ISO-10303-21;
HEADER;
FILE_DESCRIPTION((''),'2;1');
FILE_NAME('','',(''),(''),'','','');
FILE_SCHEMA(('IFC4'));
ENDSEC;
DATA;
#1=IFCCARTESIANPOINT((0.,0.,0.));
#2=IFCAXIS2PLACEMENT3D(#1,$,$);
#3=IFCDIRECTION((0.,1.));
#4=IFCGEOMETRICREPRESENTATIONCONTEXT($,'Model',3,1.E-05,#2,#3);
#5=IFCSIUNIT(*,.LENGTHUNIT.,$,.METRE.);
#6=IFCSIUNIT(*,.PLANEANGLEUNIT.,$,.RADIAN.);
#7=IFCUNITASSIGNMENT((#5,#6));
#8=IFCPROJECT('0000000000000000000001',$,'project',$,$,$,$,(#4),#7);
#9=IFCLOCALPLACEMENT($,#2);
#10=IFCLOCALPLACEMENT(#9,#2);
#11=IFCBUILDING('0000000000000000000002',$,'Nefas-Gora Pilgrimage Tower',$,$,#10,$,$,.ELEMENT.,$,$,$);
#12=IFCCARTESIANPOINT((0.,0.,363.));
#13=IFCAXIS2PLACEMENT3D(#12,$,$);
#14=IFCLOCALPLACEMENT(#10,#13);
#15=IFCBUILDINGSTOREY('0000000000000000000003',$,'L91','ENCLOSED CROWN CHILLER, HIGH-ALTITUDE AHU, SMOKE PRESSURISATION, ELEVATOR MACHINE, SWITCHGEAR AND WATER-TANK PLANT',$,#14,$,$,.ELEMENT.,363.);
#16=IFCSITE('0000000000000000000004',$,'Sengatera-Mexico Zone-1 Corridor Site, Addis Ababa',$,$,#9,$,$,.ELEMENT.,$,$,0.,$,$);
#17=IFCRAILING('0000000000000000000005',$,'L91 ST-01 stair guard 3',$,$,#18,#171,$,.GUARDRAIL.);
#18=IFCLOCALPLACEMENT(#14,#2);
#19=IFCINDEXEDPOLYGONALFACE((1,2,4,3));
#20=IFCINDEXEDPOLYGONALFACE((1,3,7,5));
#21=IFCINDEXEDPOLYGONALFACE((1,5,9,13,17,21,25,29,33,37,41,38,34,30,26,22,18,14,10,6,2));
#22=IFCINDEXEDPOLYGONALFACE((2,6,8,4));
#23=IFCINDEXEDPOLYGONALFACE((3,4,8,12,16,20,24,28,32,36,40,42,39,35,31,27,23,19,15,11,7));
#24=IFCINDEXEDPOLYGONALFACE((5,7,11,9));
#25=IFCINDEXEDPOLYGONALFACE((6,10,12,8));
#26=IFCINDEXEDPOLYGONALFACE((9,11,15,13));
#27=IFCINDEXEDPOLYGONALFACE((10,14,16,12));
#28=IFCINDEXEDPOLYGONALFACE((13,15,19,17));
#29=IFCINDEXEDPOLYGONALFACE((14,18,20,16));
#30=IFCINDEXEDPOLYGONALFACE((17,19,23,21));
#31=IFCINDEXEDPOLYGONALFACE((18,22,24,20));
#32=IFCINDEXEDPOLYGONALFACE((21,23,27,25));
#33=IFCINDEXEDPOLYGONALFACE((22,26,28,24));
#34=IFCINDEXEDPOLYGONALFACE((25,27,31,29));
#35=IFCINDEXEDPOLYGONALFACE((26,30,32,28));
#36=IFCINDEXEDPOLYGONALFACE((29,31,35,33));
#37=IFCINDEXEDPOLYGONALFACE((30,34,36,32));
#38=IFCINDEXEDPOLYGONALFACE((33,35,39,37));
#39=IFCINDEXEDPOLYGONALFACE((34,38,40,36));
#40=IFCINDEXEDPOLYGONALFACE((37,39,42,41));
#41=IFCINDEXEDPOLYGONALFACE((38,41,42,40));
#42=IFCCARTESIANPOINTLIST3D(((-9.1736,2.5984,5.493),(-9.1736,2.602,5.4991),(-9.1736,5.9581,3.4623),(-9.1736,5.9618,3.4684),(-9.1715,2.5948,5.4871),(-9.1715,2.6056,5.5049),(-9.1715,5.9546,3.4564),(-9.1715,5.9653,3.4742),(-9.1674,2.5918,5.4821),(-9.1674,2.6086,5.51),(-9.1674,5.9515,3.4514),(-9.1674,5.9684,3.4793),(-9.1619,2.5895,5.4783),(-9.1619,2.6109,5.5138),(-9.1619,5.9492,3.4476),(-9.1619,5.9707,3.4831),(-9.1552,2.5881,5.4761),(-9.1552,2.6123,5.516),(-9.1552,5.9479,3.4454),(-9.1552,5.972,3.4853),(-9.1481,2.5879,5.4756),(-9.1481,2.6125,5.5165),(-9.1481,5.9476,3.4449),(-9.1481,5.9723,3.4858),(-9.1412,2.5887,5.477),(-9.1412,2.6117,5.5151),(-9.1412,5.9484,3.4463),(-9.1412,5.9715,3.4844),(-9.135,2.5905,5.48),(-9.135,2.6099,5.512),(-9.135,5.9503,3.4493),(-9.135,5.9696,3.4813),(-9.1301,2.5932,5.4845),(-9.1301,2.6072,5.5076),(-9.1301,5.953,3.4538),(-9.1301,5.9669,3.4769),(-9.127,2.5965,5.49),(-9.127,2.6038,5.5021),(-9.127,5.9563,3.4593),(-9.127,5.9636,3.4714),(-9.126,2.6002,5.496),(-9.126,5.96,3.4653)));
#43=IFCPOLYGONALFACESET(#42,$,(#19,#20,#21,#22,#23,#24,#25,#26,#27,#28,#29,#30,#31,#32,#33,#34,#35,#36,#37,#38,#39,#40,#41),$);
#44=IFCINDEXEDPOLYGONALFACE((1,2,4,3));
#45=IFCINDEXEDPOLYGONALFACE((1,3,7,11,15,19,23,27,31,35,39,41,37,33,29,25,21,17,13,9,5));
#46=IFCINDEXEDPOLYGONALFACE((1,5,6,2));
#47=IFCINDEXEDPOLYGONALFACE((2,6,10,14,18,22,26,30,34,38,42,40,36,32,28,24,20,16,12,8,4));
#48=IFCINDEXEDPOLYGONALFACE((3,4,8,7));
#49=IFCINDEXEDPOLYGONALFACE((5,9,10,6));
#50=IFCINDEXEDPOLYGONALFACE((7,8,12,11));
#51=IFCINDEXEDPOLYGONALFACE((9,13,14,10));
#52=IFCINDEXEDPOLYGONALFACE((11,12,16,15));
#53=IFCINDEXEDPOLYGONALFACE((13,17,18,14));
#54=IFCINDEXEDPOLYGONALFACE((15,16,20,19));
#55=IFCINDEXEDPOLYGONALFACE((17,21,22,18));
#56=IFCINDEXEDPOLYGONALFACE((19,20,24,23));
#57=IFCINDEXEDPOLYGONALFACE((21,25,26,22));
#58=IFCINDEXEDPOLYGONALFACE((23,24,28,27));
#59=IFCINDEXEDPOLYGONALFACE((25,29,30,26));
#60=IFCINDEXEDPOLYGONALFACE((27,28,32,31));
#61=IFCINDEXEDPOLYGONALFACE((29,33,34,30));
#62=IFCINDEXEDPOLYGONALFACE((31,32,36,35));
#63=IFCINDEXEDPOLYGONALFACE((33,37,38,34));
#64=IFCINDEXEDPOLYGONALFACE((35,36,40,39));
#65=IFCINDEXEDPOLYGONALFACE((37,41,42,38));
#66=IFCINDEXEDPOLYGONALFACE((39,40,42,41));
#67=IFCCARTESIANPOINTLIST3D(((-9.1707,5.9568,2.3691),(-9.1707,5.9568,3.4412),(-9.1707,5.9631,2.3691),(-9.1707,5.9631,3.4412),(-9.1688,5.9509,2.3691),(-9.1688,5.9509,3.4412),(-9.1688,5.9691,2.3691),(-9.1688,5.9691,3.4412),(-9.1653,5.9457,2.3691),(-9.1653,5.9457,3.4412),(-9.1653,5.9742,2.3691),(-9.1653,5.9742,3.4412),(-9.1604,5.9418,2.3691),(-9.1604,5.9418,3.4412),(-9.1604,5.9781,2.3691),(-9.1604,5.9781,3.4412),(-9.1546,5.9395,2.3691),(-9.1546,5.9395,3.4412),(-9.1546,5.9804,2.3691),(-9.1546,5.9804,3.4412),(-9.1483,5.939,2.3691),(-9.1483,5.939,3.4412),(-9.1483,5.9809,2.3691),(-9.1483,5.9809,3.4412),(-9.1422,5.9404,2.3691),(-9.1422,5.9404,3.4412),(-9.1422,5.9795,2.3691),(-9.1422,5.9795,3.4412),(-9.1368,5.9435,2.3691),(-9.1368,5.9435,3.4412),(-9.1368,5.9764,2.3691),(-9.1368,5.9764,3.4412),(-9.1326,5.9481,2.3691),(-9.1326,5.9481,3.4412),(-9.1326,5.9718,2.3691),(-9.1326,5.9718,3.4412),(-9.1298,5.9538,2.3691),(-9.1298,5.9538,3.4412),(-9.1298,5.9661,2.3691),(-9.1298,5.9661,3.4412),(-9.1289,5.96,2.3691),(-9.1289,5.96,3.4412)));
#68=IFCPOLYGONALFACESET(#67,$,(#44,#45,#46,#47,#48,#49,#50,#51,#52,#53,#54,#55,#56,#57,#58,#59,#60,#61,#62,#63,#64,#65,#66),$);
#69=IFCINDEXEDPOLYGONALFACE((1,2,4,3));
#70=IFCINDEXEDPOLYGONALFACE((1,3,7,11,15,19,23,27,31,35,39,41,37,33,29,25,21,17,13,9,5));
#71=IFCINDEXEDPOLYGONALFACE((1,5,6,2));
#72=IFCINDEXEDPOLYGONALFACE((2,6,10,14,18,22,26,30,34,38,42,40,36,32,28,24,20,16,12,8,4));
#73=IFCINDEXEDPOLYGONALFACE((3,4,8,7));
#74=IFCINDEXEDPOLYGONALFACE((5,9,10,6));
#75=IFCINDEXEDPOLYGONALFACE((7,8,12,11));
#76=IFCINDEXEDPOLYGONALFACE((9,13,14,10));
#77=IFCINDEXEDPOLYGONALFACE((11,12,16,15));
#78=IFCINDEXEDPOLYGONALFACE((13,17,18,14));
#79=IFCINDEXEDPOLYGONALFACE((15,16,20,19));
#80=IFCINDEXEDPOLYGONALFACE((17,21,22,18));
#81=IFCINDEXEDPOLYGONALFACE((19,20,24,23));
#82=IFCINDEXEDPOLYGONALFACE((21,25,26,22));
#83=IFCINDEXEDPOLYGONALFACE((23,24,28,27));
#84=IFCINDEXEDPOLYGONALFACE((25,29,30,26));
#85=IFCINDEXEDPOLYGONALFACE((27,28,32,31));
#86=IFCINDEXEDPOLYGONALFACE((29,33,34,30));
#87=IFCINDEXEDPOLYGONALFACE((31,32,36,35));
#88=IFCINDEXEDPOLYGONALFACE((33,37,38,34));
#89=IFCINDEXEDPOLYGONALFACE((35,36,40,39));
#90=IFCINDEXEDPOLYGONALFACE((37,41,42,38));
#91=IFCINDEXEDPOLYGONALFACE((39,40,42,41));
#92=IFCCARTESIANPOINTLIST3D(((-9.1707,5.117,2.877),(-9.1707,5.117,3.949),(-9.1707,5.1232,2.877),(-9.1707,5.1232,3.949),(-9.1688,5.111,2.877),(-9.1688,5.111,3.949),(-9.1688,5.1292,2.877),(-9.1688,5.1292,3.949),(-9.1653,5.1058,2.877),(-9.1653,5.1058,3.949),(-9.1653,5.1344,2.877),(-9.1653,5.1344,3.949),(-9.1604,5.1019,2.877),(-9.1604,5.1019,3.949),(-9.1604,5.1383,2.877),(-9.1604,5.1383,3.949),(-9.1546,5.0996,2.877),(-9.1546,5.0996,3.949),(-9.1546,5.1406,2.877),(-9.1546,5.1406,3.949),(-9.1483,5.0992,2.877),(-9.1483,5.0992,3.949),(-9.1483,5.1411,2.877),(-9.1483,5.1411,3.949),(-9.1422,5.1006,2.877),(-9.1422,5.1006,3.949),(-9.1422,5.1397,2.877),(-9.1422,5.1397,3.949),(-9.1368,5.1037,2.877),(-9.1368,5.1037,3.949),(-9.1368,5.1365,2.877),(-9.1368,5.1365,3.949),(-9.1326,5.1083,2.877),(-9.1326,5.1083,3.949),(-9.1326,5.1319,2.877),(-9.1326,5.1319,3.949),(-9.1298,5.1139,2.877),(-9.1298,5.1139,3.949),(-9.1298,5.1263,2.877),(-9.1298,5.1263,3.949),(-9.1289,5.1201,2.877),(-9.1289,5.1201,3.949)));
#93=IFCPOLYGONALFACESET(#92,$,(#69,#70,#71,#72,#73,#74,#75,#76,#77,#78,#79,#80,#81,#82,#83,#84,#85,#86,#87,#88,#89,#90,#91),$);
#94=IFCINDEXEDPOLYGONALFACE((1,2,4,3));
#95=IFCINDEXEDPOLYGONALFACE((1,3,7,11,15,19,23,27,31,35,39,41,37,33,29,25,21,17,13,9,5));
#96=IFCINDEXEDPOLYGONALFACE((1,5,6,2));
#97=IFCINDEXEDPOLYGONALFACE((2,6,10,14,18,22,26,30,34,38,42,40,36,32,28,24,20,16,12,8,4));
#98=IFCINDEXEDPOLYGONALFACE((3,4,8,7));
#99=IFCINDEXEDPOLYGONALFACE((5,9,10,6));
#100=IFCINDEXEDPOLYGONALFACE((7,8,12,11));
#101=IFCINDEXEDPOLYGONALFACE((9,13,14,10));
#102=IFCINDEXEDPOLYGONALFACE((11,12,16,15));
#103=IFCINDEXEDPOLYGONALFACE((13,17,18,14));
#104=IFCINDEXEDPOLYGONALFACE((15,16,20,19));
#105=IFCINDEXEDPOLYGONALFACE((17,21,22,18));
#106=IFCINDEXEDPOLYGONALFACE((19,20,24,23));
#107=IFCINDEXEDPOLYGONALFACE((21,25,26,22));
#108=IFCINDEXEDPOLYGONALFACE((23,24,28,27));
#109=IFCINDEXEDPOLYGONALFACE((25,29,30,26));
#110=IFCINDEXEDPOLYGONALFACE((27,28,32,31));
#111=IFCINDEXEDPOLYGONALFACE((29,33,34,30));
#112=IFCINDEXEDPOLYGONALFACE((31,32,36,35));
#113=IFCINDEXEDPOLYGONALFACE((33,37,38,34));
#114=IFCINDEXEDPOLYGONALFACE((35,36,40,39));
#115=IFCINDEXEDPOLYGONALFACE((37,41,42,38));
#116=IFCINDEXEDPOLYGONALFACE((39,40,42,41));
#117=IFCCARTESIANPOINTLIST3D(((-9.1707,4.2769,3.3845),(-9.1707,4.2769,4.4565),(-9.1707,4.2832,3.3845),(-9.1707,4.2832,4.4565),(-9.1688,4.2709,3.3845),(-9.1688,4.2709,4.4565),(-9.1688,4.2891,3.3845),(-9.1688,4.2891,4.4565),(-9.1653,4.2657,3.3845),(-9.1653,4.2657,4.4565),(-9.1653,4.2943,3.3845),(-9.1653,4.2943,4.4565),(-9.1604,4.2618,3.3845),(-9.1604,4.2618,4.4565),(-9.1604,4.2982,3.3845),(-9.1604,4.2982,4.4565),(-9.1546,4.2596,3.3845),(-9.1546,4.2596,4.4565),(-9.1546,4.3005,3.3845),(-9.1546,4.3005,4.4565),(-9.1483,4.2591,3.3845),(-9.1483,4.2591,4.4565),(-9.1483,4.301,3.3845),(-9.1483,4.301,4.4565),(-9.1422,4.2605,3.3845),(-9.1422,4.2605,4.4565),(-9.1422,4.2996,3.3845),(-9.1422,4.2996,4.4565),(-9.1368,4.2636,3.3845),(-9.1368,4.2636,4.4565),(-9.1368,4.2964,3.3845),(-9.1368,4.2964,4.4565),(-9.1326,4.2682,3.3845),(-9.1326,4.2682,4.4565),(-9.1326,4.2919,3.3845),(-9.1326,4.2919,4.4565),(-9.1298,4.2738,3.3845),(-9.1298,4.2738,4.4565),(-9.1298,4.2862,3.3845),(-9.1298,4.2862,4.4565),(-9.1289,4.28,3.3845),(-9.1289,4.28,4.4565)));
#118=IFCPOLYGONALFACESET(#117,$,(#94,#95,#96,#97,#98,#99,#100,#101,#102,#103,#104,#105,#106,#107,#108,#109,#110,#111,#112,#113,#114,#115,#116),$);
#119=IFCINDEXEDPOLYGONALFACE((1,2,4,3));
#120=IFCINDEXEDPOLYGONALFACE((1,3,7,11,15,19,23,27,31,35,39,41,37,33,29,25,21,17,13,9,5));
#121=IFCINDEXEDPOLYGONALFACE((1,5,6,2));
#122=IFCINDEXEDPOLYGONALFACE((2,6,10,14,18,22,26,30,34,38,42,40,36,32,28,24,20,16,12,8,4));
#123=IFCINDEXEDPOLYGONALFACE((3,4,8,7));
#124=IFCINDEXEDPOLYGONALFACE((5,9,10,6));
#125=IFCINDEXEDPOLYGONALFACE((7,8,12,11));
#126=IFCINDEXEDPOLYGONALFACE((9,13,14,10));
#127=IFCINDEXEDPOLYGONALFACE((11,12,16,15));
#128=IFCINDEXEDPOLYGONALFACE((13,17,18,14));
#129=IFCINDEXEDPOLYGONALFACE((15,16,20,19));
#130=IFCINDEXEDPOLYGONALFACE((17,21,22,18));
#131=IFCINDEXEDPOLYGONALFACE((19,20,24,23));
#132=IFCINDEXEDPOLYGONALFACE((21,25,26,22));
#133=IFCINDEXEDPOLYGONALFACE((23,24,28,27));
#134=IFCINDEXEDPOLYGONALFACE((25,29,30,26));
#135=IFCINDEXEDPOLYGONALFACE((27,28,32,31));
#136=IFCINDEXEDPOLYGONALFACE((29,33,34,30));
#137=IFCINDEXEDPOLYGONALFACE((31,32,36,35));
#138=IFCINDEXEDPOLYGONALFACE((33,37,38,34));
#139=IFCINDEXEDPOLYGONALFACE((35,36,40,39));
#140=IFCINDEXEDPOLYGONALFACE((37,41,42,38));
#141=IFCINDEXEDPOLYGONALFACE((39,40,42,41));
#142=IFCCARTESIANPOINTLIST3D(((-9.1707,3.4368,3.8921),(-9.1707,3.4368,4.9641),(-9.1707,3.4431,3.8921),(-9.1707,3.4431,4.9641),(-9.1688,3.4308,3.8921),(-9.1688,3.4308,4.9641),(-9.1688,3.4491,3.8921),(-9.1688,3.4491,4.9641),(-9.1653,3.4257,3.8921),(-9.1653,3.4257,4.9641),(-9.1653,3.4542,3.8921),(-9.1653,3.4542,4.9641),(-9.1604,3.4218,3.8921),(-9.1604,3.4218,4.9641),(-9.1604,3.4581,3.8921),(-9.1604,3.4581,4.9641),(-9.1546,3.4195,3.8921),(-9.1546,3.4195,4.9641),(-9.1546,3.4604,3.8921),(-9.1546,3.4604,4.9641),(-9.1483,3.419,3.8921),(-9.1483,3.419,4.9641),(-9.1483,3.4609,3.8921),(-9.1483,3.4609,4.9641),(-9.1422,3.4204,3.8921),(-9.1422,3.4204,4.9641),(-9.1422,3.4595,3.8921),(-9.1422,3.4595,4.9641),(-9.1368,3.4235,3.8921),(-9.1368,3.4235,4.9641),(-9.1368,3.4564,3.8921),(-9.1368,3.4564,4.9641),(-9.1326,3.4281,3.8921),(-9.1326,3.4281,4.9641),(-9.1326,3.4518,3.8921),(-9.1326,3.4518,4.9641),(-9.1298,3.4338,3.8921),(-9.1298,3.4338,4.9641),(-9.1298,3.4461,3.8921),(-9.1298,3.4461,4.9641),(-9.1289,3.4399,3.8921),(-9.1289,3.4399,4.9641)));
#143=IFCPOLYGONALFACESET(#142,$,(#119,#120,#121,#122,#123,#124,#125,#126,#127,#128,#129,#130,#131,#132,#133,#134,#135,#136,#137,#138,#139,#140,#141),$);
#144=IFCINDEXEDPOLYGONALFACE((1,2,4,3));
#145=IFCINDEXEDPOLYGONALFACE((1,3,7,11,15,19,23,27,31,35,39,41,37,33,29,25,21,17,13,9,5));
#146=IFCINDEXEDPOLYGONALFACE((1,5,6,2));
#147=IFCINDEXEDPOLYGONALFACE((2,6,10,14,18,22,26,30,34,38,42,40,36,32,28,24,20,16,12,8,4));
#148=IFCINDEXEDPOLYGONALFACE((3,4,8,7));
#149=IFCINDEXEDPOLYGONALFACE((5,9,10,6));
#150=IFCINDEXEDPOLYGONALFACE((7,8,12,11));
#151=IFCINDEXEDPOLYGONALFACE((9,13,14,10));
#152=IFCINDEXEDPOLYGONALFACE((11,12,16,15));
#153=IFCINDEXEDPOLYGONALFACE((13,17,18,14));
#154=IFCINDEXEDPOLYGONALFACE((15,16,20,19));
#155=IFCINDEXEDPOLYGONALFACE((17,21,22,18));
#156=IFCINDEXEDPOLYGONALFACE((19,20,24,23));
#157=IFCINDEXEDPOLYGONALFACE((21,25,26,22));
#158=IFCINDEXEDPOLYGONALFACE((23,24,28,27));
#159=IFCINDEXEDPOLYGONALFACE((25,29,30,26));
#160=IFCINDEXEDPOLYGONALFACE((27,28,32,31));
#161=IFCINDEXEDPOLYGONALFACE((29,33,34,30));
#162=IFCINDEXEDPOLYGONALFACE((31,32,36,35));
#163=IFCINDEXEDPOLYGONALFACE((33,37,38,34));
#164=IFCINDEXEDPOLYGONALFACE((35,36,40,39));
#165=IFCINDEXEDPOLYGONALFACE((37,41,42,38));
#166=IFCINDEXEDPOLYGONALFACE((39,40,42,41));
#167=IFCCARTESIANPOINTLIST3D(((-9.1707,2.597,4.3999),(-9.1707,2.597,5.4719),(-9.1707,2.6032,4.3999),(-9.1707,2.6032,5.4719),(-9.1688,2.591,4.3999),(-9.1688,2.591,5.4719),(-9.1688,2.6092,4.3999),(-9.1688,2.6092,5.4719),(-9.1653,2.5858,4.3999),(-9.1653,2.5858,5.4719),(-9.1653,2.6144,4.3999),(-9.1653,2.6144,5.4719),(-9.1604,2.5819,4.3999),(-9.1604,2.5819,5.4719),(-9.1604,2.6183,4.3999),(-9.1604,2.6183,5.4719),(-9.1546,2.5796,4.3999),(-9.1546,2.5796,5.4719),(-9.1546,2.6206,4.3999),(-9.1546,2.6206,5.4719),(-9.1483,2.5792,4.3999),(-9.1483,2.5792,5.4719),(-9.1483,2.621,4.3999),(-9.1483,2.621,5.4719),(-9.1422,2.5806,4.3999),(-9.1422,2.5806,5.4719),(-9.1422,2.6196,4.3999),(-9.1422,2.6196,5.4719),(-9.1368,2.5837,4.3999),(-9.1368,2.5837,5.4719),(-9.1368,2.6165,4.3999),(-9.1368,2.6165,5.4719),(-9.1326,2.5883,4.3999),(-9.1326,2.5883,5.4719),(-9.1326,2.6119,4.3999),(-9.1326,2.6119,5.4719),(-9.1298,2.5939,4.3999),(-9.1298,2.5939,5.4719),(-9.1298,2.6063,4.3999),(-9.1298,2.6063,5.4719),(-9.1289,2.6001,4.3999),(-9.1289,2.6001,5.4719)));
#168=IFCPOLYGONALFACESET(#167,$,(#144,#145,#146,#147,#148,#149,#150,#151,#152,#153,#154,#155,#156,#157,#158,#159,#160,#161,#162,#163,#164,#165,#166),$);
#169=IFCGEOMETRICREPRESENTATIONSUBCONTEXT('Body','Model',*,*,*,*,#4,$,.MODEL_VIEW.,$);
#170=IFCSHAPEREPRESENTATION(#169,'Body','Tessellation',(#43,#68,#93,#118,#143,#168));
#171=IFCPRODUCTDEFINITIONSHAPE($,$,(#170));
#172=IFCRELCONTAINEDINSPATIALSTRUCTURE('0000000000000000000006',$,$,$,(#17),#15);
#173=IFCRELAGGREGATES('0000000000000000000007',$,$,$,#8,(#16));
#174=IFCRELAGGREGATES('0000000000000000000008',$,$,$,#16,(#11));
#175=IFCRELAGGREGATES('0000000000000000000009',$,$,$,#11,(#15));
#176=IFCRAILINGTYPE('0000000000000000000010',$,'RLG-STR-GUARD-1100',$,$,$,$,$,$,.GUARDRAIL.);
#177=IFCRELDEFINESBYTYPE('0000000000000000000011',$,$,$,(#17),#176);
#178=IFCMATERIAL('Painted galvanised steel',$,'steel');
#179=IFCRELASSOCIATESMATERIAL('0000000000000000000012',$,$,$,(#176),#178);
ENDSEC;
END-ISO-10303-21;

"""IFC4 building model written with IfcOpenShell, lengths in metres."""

from ifc_helpers import new_model, si_unit, direction, frame, origin, origin_2d, place, context, subcontext, project, spatial, circle, extrude, material, type_object, element, save


model = new_model("IFC4")

# Units and contexts
model_context = context("Model", 3, precision=1e-05, world=origin(), true_north=direction((0.0, 1.0)))
body_context = subcontext(model_context, "Body", "Model", "MODEL_VIEW")
ifc_project = project(units=[si_unit("LENGTHUNIT", "METRE"), si_unit("PLANEANGLEUNIT", "RADIAN")], contexts=[model_context])

# Site, building, storey
site_placement = place(None, origin())
site = spatial("IfcSite", under=ifc_project, at=site_placement, Name="Sengatera-Mexico Zone-1 Corridor Site, Addis Ababa", CompositionType="ELEMENT", RefElevation=0.0)
building_placement = place(site_placement, origin())
building = spatial("IfcBuilding", under=site, at=building_placement, Name="Nefas-Gora Pilgrimage Tower", CompositionType="ELEMENT")
storey_placement = place(building_placement, frame((0.0, 0.0, 363.0)))
storey = spatial("IfcBuildingStorey", under=building, at=storey_placement, Name="L91", Description="ENCLOSED CROWN CHILLER, HIGH-ALTITUDE AHU, SMOKE PRESSURISATION, ELEVATOR MACHINE, SWITCHGEAR AND WATER-TANK PLANT", CompositionType="ELEMENT", Elevation=363.0)

# Railing
ifc_material_1 = material(Name="Painted galvanised steel", Category="steel")
railing_type_1 = type_object("IfcRailingType", Name="RLG-STR-GUARD-1100", PredefinedType="GUARDRAIL", material=ifc_material_1)
railing_1_placement = place(storey_placement, frame((-9.1499, 5.96, 2.3691)))
element("IfcRailing", 1, at=railing_1_placement, inside=storey, type_object=railing_type_1, Name="L91 ST-01 stair guard 3", PredefinedType="GUARDRAIL", context=body_context, shape_type="SweptSolid", body=[
    extrude(circle(Radius=0.0239, at=origin_2d()), frame((0.0, 0.0, 1.0962), z_axis=(0.0, -0.85582, 0.517273), x_axis=(1.0, 0.0, 0.0)), (0.0, 0.0, 1.0), 3.9258),
    extrude(circle(Radius=0.021, at=origin_2d()), origin(), (0.0, 0.0, 1.0), 1.072),
    extrude(circle(Radius=0.021, at=origin_2d()), frame((0.0, -0.8398, 0.5078)), (0.0, 0.0, 1.0), 1.072),
    extrude(circle(Radius=0.021, at=origin_2d()), frame((0.0, -1.6799, 1.0154)), (0.0, 0.0, 1.0), 1.072),
    extrude(circle(Radius=0.021, at=origin_2d()), frame((0.0, -2.52, 1.5229)), (0.0, 0.0, 1.0), 1.072),
    extrude(circle(Radius=0.021, at=origin_2d()), frame((0.0, -3.3599, 2.0308)), (0.0, 0.0, 1.0), 1.072),
])

save(model, "model.ifc")
